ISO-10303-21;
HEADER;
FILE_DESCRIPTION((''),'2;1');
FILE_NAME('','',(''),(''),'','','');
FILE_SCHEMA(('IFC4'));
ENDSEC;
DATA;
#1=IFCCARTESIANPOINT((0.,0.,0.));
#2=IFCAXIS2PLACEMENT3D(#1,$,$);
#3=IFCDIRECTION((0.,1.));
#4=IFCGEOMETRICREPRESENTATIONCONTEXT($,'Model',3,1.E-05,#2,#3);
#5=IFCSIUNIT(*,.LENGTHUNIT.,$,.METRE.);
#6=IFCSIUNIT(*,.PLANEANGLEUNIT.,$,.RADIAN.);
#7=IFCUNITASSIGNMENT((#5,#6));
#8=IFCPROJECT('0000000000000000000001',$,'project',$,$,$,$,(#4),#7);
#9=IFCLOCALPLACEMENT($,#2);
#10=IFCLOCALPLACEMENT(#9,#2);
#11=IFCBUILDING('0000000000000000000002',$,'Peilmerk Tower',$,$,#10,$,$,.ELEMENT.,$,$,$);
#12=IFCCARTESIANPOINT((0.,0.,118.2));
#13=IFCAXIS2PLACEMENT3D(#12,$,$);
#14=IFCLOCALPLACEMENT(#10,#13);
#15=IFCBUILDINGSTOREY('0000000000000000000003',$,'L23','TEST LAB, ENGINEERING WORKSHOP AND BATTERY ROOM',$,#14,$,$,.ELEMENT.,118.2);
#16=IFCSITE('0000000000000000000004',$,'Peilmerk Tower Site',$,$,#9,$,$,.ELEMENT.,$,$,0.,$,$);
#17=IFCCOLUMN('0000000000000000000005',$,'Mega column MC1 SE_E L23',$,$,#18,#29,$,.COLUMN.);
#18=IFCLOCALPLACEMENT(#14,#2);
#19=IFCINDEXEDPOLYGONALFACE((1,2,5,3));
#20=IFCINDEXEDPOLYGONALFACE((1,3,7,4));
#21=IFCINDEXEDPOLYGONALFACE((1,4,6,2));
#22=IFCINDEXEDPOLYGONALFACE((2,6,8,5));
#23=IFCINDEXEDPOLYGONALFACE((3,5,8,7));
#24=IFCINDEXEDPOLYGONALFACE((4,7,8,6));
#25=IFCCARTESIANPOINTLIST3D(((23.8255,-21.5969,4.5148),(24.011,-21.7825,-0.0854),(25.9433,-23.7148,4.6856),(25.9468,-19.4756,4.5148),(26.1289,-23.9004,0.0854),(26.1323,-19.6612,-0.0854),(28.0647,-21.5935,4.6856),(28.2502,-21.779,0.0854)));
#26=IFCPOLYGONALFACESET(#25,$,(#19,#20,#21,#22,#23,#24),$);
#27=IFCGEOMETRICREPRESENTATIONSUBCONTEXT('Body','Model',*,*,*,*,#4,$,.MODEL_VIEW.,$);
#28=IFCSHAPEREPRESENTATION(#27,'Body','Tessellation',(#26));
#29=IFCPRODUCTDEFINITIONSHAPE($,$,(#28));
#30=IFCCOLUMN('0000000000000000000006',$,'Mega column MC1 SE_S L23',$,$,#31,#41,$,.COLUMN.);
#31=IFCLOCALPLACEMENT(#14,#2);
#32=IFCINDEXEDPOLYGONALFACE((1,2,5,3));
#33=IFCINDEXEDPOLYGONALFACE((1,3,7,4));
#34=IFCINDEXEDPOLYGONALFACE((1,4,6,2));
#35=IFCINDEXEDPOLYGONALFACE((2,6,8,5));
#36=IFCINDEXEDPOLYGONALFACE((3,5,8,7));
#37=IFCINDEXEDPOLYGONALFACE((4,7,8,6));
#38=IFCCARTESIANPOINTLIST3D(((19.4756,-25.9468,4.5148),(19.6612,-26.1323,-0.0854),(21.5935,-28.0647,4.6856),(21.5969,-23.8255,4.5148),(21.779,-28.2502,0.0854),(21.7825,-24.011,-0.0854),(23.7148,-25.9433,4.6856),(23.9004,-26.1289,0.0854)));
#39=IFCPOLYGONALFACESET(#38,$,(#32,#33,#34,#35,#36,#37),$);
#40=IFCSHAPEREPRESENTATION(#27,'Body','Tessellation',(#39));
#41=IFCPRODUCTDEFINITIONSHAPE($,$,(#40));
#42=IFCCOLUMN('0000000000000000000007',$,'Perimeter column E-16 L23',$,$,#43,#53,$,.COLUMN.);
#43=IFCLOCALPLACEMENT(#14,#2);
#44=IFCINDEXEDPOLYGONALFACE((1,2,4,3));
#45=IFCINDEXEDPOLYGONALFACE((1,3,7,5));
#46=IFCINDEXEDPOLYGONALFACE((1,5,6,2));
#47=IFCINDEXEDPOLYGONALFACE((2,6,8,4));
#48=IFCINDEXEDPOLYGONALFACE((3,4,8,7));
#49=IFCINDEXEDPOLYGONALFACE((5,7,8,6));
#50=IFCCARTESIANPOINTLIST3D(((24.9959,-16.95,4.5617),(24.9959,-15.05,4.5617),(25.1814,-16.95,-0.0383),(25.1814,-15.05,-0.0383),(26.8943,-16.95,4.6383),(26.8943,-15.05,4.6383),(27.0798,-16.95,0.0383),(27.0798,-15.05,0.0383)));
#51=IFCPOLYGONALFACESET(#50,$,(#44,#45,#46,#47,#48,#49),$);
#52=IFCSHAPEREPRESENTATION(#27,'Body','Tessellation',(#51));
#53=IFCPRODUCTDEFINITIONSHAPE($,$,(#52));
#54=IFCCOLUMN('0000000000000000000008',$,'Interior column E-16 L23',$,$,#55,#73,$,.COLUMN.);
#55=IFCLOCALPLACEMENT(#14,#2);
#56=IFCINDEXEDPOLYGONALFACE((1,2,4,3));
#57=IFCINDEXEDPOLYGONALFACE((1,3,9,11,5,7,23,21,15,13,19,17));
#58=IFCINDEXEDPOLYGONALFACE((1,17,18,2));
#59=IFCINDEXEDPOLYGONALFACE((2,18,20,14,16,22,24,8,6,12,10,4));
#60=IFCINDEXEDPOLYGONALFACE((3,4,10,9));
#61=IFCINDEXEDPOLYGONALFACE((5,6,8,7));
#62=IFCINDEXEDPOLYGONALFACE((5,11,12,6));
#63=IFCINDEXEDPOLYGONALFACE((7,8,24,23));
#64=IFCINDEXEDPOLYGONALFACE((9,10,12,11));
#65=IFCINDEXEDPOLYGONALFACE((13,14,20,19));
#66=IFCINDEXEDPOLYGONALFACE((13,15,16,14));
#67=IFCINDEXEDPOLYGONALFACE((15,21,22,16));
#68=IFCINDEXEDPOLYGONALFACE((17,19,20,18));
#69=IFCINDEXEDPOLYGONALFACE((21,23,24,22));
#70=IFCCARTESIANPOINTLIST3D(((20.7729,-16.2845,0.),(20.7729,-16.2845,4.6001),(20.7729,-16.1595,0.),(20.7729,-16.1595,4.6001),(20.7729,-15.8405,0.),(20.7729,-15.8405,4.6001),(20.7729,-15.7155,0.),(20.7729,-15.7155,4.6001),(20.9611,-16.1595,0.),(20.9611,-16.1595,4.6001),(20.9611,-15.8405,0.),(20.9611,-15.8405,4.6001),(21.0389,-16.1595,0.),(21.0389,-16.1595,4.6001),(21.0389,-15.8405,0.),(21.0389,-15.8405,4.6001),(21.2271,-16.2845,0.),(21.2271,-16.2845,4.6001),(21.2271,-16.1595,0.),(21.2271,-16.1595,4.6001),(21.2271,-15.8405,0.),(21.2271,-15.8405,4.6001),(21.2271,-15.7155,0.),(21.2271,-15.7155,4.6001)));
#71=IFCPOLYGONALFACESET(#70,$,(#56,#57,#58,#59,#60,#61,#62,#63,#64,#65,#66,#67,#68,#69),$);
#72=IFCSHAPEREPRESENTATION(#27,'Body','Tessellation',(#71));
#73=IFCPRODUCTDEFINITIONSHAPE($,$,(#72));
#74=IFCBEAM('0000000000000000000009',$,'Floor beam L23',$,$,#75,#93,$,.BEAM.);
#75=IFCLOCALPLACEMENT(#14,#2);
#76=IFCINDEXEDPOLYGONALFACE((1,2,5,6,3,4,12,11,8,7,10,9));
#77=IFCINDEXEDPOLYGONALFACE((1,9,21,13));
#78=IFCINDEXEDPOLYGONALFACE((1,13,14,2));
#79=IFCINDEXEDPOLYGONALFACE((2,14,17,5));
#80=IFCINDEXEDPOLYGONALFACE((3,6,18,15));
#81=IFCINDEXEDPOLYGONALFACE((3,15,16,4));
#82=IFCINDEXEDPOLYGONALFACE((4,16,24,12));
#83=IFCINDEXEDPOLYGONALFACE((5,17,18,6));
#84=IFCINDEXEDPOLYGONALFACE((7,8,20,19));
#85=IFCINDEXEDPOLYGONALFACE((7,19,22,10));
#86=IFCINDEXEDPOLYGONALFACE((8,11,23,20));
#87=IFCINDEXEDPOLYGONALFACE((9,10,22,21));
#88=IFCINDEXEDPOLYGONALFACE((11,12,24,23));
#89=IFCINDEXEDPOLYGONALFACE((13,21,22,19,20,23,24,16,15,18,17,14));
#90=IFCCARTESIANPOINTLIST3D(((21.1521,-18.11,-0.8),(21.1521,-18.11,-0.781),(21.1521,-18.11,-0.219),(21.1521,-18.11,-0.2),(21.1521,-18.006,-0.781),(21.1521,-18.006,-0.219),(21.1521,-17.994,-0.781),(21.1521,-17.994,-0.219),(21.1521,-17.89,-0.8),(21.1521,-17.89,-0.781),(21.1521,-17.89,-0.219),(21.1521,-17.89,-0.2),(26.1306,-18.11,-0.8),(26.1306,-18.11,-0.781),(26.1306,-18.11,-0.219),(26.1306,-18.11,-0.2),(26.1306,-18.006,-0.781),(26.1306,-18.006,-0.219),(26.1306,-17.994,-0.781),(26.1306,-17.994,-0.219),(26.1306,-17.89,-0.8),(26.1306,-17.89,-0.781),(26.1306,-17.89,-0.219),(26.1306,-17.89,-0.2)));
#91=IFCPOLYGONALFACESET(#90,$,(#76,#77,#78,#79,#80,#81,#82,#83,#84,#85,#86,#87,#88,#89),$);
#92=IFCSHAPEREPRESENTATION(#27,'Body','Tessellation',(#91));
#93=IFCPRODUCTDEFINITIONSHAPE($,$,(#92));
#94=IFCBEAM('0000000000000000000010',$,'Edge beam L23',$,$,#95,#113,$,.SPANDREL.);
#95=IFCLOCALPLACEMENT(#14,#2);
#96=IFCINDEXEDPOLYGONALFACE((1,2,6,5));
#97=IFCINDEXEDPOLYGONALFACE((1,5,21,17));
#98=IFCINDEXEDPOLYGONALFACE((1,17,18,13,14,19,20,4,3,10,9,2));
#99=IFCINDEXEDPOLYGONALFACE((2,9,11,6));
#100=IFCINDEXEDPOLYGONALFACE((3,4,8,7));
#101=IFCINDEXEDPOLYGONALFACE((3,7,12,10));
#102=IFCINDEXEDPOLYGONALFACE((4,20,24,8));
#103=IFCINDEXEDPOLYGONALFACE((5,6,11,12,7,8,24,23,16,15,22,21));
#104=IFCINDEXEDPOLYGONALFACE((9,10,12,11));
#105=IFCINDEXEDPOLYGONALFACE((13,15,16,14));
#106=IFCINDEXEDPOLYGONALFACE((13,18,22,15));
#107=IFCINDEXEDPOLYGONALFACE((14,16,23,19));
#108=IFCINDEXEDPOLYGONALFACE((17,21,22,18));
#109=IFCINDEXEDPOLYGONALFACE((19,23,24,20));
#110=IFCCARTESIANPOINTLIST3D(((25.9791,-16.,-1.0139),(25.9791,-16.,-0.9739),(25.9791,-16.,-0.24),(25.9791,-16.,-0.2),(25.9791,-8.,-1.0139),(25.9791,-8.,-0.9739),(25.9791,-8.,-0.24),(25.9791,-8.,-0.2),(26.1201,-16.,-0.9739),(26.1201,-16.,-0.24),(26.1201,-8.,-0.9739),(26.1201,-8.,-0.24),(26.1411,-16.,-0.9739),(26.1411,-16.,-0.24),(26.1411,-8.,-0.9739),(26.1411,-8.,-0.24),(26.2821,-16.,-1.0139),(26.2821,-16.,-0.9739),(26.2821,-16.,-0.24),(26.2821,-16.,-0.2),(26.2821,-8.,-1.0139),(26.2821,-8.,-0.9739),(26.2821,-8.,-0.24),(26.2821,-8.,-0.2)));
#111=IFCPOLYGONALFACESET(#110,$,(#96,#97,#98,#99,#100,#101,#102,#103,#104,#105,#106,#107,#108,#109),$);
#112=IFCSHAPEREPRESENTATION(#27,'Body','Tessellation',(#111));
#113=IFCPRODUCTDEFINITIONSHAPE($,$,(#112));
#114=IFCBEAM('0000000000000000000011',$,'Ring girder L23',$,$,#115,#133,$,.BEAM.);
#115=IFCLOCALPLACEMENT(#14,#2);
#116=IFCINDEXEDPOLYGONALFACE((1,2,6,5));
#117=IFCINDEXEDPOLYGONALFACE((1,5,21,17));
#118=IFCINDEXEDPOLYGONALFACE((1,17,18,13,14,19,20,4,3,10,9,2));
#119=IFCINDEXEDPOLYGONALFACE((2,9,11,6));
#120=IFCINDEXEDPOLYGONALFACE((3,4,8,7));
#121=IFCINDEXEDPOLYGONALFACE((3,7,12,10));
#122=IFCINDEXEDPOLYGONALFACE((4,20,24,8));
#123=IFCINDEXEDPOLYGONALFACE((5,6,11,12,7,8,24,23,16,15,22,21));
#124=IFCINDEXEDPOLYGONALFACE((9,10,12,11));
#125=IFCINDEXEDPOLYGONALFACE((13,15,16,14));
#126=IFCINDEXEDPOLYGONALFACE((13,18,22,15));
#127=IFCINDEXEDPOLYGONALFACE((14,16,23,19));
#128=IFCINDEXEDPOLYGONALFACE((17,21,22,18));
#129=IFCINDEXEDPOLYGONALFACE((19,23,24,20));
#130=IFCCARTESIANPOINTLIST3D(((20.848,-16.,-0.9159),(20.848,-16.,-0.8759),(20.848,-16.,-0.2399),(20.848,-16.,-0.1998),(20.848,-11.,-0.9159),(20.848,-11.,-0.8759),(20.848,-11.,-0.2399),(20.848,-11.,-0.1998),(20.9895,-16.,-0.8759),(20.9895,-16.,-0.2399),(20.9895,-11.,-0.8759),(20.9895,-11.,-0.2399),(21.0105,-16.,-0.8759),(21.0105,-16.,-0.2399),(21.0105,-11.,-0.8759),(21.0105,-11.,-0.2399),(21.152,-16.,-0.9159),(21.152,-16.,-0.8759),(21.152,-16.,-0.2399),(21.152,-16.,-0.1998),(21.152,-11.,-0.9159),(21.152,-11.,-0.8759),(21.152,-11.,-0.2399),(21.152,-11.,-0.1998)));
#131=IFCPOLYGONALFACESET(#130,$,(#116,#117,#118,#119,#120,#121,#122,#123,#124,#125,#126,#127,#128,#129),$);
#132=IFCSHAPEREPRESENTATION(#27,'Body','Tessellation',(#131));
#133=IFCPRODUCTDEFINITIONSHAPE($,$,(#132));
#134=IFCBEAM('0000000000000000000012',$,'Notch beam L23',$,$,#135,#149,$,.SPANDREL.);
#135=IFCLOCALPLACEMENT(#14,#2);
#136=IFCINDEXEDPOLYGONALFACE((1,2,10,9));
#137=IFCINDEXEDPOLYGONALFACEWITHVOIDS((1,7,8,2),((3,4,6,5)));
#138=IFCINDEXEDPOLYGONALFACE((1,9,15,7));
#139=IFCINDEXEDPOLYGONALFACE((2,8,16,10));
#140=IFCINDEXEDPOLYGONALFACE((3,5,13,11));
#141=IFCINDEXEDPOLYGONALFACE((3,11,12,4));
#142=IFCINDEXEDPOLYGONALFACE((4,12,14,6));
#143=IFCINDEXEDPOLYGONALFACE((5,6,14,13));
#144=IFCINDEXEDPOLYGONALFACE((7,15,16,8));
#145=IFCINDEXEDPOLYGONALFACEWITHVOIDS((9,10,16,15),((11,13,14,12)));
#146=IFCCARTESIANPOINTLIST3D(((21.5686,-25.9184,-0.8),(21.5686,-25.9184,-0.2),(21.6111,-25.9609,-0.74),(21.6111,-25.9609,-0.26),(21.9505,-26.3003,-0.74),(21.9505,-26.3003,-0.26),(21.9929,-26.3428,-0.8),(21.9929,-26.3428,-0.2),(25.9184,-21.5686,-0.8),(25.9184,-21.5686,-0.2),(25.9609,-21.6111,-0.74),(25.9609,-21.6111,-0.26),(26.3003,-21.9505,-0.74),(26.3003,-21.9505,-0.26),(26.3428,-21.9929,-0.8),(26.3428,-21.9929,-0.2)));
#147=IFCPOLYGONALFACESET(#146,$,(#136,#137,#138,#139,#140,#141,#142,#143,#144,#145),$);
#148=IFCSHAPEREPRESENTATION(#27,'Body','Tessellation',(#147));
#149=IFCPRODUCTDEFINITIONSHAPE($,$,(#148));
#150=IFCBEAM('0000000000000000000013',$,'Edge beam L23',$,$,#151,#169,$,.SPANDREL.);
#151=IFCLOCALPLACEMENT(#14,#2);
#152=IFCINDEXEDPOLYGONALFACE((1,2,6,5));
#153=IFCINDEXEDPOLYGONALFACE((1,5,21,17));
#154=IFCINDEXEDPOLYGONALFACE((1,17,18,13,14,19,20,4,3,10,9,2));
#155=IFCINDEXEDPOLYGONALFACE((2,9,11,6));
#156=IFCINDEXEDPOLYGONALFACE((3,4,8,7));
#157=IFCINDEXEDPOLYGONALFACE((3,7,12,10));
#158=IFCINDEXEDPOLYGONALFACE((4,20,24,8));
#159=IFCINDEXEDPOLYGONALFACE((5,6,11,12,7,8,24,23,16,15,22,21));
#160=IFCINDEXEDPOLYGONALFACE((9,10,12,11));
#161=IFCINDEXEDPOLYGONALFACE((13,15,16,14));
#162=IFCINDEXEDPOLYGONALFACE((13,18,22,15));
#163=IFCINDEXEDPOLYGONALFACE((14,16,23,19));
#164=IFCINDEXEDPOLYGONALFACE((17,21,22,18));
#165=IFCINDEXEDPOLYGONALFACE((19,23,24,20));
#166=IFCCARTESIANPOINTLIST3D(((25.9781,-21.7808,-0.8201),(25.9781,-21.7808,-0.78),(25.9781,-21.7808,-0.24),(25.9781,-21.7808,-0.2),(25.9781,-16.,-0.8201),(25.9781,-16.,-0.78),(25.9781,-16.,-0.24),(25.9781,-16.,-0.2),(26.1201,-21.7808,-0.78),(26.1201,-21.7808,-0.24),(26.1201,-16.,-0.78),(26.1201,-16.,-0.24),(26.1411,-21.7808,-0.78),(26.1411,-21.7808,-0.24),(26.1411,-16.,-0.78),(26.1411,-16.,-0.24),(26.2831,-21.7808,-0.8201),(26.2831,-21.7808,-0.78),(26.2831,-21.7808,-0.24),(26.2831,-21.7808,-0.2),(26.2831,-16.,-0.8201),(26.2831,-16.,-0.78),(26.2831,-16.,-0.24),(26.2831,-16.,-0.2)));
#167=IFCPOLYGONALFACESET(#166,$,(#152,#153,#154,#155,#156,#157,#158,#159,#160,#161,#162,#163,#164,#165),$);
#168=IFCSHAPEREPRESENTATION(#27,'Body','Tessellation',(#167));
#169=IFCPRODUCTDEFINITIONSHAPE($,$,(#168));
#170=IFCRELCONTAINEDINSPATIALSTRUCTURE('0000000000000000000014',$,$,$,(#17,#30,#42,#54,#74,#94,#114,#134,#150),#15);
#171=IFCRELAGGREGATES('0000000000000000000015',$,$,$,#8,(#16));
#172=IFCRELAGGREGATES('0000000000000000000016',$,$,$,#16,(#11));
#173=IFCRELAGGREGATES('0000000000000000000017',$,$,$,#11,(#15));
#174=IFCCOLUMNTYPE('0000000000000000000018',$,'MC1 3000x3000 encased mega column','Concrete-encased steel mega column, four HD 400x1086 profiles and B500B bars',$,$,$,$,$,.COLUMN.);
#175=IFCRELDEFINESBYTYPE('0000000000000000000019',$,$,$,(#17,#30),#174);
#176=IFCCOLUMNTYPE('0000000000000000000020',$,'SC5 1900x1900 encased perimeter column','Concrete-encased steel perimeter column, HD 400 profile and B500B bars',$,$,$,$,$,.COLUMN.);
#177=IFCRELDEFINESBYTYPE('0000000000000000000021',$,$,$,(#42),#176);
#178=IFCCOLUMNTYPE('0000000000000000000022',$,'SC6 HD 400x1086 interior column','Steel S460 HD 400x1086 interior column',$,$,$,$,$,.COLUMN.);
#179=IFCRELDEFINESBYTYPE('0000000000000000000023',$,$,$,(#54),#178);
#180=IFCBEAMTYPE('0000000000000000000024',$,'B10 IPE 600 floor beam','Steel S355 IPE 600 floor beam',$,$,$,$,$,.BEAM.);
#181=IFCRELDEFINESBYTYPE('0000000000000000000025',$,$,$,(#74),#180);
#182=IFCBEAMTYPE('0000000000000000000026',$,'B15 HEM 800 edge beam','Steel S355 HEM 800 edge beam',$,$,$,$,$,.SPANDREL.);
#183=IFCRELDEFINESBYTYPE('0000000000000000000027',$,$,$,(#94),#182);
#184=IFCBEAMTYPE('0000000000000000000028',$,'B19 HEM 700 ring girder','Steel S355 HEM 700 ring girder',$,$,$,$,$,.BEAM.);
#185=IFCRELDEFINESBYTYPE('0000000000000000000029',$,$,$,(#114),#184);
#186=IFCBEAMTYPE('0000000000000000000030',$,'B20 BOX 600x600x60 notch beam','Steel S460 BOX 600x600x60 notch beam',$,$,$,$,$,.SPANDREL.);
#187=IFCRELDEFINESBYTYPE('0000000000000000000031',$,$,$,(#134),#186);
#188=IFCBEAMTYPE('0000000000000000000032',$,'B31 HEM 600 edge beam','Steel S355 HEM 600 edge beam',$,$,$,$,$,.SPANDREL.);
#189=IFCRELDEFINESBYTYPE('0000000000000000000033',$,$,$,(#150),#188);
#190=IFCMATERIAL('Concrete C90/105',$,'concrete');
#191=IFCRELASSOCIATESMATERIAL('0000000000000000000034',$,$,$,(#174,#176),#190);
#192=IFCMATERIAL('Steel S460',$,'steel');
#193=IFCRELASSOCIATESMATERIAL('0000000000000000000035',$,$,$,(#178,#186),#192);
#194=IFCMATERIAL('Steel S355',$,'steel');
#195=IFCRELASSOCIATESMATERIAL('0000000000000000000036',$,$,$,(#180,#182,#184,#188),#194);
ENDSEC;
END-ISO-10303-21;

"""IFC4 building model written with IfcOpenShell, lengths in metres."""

from ifc_helpers import new_model, si_unit, direction, frame, origin, origin_2d, place, context, subcontext, project, spatial, rectangle, hollow_rectangle, i_section, extrude, material, material_profile, profile_set, type_object, element, save


model = new_model("IFC4")

# Units and contexts
model_context = context("Model", 3, precision=1e-05, world=origin(), true_north=direction((0.0, 1.0)))
body_context = subcontext(model_context, "Body", "Model", "MODEL_VIEW")
ifc_project = project(units=[si_unit("LENGTHUNIT", "METRE"), si_unit("PLANEANGLEUNIT", "RADIAN")], contexts=[model_context])

# Site, building, storey
site_placement = place(None, origin())
site = spatial("IfcSite", under=ifc_project, at=site_placement, Name="Peilmerk Tower Site", CompositionType="ELEMENT", RefElevation=0.0)
building_placement = place(site_placement, origin())
building = spatial("IfcBuilding", under=site, at=building_placement, Name="Peilmerk Tower", CompositionType="ELEMENT")
storey_placement = place(building_placement, frame((0.0, 0.0, 118.2)))
storey = spatial("IfcBuildingStorey", under=building, at=storey_placement, Name="L23", Description="TEST LAB, ENGINEERING WORKSHOP AND BATTERY ROOM", CompositionType="ELEMENT", Elevation=118.2)

# Columns
ifc_material_1 = material(Name="Concrete C90/105", Category="concrete")
ifc_material_profile_1 = material_profile(ifc_material_1, rectangle(XDim=3.0, YDim=3.0, at=origin_2d()), Name="RC 3000x3000")
ifc_profile_set_1 = profile_set([ifc_material_profile_1], Name="Concrete C90/105")
column_type_1 = type_object("IfcColumnType", Name="MC1 3000x3000 encased mega column", Description="Concrete-encased steel mega column, four HD 400x1086 profiles and B500B bars", PredefinedType="COLUMN", material=ifc_profile_set_1)
for number, where, z_axis, x_axis, name in (
    (1, (26.1306, -21.7808, 0.0), (-0.04027, 0.04027, 0.998377), (-0.707107, -0.707107, 0.0), "Mega column MC1 SE_E L23"),
    (2, (21.7808, -26.1306, 0.0), (-0.04027, 0.04027, 0.998377), (-0.707107, -0.707107, 0.0), "Mega column MC1 SE_S L23"),
):
    element("IfcColumn", number, at=place(storey_placement, frame(where, z_axis=z_axis, x_axis=x_axis)), inside=storey, type_object=column_type_1, Name=name, PredefinedType="COLUMN", context=body_context, shape_type="SweptSolid", body=[
        extrude(rectangle(XDim=3.0, YDim=3.0, at=origin_2d()), origin(), (0.0, 0.0, 1.0), 4.6077),
    ])
ifc_material_profile_2 = material_profile(ifc_material_1, rectangle(XDim=1.8999, YDim=1.8999, at=origin_2d()), Name="RC 1900x1900")
ifc_profile_set_2 = profile_set([ifc_material_profile_2], Name="Concrete C90/105")
column_type_2 = type_object("IfcColumnType", Name="SC5 1900x1900 encased perimeter column", Description="Concrete-encased steel perimeter column, HD 400 profile and B500B bars", PredefinedType="COLUMN", material=ifc_profile_set_2)
column_1_placement = place(storey_placement, frame((26.1306, -16.0, 0.0), z_axis=(-0.040303, 0.0, 0.999188), x_axis=(0.0, -1.0, 0.0)))
element("IfcColumn", 3, at=column_1_placement, inside=storey, type_object=column_type_2, Name="Perimeter column E-16 L23", PredefinedType="COLUMN", context=body_context, shape_type="SweptSolid", body=[
    extrude(rectangle(XDim=1.8999, YDim=1.8999, at=origin_2d()), origin(), (0.0, 0.0, 1.0), 4.6038),
])
ifc_material_2 = material(Name="Steel S460", Category="steel")
ifc_material_profile_3 = material_profile(ifc_material_2, i_section(OverallWidth=0.4541, OverallDepth=0.5691, WebThickness=0.0779, FlangeThickness=0.125, at=origin_2d()), Name="HD 400x1086")
ifc_profile_set_3 = profile_set([ifc_material_profile_3], Name="Steel S460")
column_type_3 = type_object("IfcColumnType", Name="SC6 HD 400x1086 interior column", Description="Steel S460 HD 400x1086 interior column", PredefinedType="COLUMN", material=ifc_profile_set_3)
column_2_placement = place(storey_placement, frame((21.0, -16.0, 0.0), z_axis=(0.0, 0.0, 1.0), x_axis=(1.0, 0.0, 0.0)))
element("IfcColumn", 4, at=column_2_placement, inside=storey, type_object=column_type_3, Name="Interior column E-16 L23", PredefinedType="COLUMN", context=body_context, shape_type="SweptSolid", body=[
    extrude(i_section(OverallWidth=0.4541, OverallDepth=0.5691, WebThickness=0.0779, FlangeThickness=0.125, at=origin_2d()), origin(), (0.0, 0.0, 1.0), 4.6001),
])

# Beams
ifc_material_3 = material(Name="Steel S355", Category="steel")
ifc_material_profile_4 = material_profile(ifc_material_3, i_section(OverallWidth=0.22, OverallDepth=0.6001, WebThickness=0.012, FlangeThickness=0.019, at=origin_2d()), Name="IPE 600")
ifc_profile_set_4 = profile_set([ifc_material_profile_4], Name="Steel S355")
beam_type_1 = type_object("IfcBeamType", Name="B10 IPE 600 floor beam", Description="Steel S355 IPE 600 floor beam", PredefinedType="BEAM", material=ifc_profile_set_4)
beam_1_placement = place(storey_placement, frame((21.1521, -18.0, -0.5), z_axis=(1.0, 0.0, 0.0), x_axis=(0.0, 1.0, 0.0)))
element("IfcBeam", 5, at=beam_1_placement, inside=storey, type_object=beam_type_1, Name="Floor beam L23", PredefinedType="BEAM", context=body_context, shape_type="SweptSolid", body=[
    extrude(i_section(OverallWidth=0.22, OverallDepth=0.6001, WebThickness=0.012, FlangeThickness=0.019, at=origin_2d()), origin(), (0.0, 0.0, 1.0), 4.9785),
])
ifc_material_profile_5 = material_profile(ifc_material_3, i_section(OverallWidth=0.303, OverallDepth=0.814, WebThickness=0.021, FlangeThickness=0.04, at=origin_2d()), Name="HEM 800")
ifc_profile_set_5 = profile_set([ifc_material_profile_5], Name="Steel S355")
beam_type_2 = type_object("IfcBeamType", Name="B15 HEM 800 edge beam", Description="Steel S355 HEM 800 edge beam", PredefinedType="SPANDREL", material=ifc_profile_set_5)
beam_2_placement = place(storey_placement, frame((26.1306, -16.0, -0.6069), z_axis=(0.0, 1.0, 0.0), x_axis=(-1.0, 0.0, 0.0)))
element("IfcBeam", 6, at=beam_2_placement, inside=storey, type_object=beam_type_2, Name="Edge beam L23", PredefinedType="SPANDREL", context=body_context, shape_type="SweptSolid", body=[
    extrude(i_section(OverallWidth=0.303, OverallDepth=0.814, WebThickness=0.021, FlangeThickness=0.04, at=origin_2d()), origin(), (0.0, 0.0, 1.0), 8.0),
])
ifc_material_profile_6 = material_profile(ifc_material_3, i_section(OverallWidth=0.304, OverallDepth=0.7161, WebThickness=0.021, FlangeThickness=0.04, at=origin_2d()), Name="HEM 700")
ifc_profile_set_6 = profile_set([ifc_material_profile_6], Name="Steel S355")
beam_type_3 = type_object("IfcBeamType", Name="B19 HEM 700 ring girder", Description="Steel S355 HEM 700 ring girder", PredefinedType="BEAM", material=ifc_profile_set_6)
beam_3_placement = place(storey_placement, frame((21.0, -16.0, -0.5579), z_axis=(0.0, 1.0, 0.0), x_axis=(-1.0, 0.0, 0.0)))
element("IfcBeam", 7, at=beam_3_placement, inside=storey, type_object=beam_type_3, Name="Ring girder L23", PredefinedType="BEAM", context=body_context, shape_type="SweptSolid", body=[
    extrude(i_section(OverallWidth=0.304, OverallDepth=0.7161, WebThickness=0.021, FlangeThickness=0.04, at=origin_2d()), origin(), (0.0, 0.0, 1.0), 5.0),
])
ifc_material_profile_7 = material_profile(ifc_material_2, hollow_rectangle(XDim=0.6001, YDim=0.6001, WallThickness=0.0601, at=origin_2d()), Name="BOX 600x600x60")
ifc_profile_set_7 = profile_set([ifc_material_profile_7], Name="Steel S460")
beam_type_4 = type_object("IfcBeamType", Name="B20 BOX 600x600x60 notch beam", Description="Steel S460 BOX 600x600x60 notch beam", PredefinedType="SPANDREL", material=ifc_profile_set_7)
beam_4_placement = place(storey_placement, frame((26.1306, -21.7808, -0.5), z_axis=(-0.707107, -0.707107, 0.0), x_axis=(0.707107, -0.707107, 0.0)))
element("IfcBeam", 8, at=beam_4_placement, inside=storey, type_object=beam_type_4, Name="Notch beam L23", PredefinedType="SPANDREL", context=body_context, shape_type="SweptSolid", body=[
    extrude(hollow_rectangle(XDim=0.6001, YDim=0.6001, WallThickness=0.0601, at=origin_2d()), origin(), (0.0, 0.0, 1.0), 6.1516),
])
ifc_material_profile_8 = material_profile(ifc_material_3, i_section(OverallWidth=0.3049, OverallDepth=0.6201, WebThickness=0.021, FlangeThickness=0.04, at=origin_2d()), Name="HEM 600")
ifc_profile_set_8 = profile_set([ifc_material_profile_8], Name="Steel S355")
beam_type_5 = type_object("IfcBeamType", Name="B31 HEM 600 edge beam", Description="Steel S355 HEM 600 edge beam", PredefinedType="SPANDREL", material=ifc_profile_set_8)
beam_5_placement = place(storey_placement, frame((26.1306, -21.7808, -0.51), z_axis=(0.0, 1.0, 0.0), x_axis=(-1.0, 0.0, 0.0)))
element("IfcBeam", 9, at=beam_5_placement, inside=storey, type_object=beam_type_5, Name="Edge beam L23", PredefinedType="SPANDREL", context=body_context, shape_type="SweptSolid", body=[
    extrude(i_section(OverallWidth=0.3049, OverallDepth=0.6201, WebThickness=0.021, FlangeThickness=0.04, at=origin_2d()), origin(), (0.0, 0.0, 1.0), 5.7808),
])

save(model, "model.ifc")
